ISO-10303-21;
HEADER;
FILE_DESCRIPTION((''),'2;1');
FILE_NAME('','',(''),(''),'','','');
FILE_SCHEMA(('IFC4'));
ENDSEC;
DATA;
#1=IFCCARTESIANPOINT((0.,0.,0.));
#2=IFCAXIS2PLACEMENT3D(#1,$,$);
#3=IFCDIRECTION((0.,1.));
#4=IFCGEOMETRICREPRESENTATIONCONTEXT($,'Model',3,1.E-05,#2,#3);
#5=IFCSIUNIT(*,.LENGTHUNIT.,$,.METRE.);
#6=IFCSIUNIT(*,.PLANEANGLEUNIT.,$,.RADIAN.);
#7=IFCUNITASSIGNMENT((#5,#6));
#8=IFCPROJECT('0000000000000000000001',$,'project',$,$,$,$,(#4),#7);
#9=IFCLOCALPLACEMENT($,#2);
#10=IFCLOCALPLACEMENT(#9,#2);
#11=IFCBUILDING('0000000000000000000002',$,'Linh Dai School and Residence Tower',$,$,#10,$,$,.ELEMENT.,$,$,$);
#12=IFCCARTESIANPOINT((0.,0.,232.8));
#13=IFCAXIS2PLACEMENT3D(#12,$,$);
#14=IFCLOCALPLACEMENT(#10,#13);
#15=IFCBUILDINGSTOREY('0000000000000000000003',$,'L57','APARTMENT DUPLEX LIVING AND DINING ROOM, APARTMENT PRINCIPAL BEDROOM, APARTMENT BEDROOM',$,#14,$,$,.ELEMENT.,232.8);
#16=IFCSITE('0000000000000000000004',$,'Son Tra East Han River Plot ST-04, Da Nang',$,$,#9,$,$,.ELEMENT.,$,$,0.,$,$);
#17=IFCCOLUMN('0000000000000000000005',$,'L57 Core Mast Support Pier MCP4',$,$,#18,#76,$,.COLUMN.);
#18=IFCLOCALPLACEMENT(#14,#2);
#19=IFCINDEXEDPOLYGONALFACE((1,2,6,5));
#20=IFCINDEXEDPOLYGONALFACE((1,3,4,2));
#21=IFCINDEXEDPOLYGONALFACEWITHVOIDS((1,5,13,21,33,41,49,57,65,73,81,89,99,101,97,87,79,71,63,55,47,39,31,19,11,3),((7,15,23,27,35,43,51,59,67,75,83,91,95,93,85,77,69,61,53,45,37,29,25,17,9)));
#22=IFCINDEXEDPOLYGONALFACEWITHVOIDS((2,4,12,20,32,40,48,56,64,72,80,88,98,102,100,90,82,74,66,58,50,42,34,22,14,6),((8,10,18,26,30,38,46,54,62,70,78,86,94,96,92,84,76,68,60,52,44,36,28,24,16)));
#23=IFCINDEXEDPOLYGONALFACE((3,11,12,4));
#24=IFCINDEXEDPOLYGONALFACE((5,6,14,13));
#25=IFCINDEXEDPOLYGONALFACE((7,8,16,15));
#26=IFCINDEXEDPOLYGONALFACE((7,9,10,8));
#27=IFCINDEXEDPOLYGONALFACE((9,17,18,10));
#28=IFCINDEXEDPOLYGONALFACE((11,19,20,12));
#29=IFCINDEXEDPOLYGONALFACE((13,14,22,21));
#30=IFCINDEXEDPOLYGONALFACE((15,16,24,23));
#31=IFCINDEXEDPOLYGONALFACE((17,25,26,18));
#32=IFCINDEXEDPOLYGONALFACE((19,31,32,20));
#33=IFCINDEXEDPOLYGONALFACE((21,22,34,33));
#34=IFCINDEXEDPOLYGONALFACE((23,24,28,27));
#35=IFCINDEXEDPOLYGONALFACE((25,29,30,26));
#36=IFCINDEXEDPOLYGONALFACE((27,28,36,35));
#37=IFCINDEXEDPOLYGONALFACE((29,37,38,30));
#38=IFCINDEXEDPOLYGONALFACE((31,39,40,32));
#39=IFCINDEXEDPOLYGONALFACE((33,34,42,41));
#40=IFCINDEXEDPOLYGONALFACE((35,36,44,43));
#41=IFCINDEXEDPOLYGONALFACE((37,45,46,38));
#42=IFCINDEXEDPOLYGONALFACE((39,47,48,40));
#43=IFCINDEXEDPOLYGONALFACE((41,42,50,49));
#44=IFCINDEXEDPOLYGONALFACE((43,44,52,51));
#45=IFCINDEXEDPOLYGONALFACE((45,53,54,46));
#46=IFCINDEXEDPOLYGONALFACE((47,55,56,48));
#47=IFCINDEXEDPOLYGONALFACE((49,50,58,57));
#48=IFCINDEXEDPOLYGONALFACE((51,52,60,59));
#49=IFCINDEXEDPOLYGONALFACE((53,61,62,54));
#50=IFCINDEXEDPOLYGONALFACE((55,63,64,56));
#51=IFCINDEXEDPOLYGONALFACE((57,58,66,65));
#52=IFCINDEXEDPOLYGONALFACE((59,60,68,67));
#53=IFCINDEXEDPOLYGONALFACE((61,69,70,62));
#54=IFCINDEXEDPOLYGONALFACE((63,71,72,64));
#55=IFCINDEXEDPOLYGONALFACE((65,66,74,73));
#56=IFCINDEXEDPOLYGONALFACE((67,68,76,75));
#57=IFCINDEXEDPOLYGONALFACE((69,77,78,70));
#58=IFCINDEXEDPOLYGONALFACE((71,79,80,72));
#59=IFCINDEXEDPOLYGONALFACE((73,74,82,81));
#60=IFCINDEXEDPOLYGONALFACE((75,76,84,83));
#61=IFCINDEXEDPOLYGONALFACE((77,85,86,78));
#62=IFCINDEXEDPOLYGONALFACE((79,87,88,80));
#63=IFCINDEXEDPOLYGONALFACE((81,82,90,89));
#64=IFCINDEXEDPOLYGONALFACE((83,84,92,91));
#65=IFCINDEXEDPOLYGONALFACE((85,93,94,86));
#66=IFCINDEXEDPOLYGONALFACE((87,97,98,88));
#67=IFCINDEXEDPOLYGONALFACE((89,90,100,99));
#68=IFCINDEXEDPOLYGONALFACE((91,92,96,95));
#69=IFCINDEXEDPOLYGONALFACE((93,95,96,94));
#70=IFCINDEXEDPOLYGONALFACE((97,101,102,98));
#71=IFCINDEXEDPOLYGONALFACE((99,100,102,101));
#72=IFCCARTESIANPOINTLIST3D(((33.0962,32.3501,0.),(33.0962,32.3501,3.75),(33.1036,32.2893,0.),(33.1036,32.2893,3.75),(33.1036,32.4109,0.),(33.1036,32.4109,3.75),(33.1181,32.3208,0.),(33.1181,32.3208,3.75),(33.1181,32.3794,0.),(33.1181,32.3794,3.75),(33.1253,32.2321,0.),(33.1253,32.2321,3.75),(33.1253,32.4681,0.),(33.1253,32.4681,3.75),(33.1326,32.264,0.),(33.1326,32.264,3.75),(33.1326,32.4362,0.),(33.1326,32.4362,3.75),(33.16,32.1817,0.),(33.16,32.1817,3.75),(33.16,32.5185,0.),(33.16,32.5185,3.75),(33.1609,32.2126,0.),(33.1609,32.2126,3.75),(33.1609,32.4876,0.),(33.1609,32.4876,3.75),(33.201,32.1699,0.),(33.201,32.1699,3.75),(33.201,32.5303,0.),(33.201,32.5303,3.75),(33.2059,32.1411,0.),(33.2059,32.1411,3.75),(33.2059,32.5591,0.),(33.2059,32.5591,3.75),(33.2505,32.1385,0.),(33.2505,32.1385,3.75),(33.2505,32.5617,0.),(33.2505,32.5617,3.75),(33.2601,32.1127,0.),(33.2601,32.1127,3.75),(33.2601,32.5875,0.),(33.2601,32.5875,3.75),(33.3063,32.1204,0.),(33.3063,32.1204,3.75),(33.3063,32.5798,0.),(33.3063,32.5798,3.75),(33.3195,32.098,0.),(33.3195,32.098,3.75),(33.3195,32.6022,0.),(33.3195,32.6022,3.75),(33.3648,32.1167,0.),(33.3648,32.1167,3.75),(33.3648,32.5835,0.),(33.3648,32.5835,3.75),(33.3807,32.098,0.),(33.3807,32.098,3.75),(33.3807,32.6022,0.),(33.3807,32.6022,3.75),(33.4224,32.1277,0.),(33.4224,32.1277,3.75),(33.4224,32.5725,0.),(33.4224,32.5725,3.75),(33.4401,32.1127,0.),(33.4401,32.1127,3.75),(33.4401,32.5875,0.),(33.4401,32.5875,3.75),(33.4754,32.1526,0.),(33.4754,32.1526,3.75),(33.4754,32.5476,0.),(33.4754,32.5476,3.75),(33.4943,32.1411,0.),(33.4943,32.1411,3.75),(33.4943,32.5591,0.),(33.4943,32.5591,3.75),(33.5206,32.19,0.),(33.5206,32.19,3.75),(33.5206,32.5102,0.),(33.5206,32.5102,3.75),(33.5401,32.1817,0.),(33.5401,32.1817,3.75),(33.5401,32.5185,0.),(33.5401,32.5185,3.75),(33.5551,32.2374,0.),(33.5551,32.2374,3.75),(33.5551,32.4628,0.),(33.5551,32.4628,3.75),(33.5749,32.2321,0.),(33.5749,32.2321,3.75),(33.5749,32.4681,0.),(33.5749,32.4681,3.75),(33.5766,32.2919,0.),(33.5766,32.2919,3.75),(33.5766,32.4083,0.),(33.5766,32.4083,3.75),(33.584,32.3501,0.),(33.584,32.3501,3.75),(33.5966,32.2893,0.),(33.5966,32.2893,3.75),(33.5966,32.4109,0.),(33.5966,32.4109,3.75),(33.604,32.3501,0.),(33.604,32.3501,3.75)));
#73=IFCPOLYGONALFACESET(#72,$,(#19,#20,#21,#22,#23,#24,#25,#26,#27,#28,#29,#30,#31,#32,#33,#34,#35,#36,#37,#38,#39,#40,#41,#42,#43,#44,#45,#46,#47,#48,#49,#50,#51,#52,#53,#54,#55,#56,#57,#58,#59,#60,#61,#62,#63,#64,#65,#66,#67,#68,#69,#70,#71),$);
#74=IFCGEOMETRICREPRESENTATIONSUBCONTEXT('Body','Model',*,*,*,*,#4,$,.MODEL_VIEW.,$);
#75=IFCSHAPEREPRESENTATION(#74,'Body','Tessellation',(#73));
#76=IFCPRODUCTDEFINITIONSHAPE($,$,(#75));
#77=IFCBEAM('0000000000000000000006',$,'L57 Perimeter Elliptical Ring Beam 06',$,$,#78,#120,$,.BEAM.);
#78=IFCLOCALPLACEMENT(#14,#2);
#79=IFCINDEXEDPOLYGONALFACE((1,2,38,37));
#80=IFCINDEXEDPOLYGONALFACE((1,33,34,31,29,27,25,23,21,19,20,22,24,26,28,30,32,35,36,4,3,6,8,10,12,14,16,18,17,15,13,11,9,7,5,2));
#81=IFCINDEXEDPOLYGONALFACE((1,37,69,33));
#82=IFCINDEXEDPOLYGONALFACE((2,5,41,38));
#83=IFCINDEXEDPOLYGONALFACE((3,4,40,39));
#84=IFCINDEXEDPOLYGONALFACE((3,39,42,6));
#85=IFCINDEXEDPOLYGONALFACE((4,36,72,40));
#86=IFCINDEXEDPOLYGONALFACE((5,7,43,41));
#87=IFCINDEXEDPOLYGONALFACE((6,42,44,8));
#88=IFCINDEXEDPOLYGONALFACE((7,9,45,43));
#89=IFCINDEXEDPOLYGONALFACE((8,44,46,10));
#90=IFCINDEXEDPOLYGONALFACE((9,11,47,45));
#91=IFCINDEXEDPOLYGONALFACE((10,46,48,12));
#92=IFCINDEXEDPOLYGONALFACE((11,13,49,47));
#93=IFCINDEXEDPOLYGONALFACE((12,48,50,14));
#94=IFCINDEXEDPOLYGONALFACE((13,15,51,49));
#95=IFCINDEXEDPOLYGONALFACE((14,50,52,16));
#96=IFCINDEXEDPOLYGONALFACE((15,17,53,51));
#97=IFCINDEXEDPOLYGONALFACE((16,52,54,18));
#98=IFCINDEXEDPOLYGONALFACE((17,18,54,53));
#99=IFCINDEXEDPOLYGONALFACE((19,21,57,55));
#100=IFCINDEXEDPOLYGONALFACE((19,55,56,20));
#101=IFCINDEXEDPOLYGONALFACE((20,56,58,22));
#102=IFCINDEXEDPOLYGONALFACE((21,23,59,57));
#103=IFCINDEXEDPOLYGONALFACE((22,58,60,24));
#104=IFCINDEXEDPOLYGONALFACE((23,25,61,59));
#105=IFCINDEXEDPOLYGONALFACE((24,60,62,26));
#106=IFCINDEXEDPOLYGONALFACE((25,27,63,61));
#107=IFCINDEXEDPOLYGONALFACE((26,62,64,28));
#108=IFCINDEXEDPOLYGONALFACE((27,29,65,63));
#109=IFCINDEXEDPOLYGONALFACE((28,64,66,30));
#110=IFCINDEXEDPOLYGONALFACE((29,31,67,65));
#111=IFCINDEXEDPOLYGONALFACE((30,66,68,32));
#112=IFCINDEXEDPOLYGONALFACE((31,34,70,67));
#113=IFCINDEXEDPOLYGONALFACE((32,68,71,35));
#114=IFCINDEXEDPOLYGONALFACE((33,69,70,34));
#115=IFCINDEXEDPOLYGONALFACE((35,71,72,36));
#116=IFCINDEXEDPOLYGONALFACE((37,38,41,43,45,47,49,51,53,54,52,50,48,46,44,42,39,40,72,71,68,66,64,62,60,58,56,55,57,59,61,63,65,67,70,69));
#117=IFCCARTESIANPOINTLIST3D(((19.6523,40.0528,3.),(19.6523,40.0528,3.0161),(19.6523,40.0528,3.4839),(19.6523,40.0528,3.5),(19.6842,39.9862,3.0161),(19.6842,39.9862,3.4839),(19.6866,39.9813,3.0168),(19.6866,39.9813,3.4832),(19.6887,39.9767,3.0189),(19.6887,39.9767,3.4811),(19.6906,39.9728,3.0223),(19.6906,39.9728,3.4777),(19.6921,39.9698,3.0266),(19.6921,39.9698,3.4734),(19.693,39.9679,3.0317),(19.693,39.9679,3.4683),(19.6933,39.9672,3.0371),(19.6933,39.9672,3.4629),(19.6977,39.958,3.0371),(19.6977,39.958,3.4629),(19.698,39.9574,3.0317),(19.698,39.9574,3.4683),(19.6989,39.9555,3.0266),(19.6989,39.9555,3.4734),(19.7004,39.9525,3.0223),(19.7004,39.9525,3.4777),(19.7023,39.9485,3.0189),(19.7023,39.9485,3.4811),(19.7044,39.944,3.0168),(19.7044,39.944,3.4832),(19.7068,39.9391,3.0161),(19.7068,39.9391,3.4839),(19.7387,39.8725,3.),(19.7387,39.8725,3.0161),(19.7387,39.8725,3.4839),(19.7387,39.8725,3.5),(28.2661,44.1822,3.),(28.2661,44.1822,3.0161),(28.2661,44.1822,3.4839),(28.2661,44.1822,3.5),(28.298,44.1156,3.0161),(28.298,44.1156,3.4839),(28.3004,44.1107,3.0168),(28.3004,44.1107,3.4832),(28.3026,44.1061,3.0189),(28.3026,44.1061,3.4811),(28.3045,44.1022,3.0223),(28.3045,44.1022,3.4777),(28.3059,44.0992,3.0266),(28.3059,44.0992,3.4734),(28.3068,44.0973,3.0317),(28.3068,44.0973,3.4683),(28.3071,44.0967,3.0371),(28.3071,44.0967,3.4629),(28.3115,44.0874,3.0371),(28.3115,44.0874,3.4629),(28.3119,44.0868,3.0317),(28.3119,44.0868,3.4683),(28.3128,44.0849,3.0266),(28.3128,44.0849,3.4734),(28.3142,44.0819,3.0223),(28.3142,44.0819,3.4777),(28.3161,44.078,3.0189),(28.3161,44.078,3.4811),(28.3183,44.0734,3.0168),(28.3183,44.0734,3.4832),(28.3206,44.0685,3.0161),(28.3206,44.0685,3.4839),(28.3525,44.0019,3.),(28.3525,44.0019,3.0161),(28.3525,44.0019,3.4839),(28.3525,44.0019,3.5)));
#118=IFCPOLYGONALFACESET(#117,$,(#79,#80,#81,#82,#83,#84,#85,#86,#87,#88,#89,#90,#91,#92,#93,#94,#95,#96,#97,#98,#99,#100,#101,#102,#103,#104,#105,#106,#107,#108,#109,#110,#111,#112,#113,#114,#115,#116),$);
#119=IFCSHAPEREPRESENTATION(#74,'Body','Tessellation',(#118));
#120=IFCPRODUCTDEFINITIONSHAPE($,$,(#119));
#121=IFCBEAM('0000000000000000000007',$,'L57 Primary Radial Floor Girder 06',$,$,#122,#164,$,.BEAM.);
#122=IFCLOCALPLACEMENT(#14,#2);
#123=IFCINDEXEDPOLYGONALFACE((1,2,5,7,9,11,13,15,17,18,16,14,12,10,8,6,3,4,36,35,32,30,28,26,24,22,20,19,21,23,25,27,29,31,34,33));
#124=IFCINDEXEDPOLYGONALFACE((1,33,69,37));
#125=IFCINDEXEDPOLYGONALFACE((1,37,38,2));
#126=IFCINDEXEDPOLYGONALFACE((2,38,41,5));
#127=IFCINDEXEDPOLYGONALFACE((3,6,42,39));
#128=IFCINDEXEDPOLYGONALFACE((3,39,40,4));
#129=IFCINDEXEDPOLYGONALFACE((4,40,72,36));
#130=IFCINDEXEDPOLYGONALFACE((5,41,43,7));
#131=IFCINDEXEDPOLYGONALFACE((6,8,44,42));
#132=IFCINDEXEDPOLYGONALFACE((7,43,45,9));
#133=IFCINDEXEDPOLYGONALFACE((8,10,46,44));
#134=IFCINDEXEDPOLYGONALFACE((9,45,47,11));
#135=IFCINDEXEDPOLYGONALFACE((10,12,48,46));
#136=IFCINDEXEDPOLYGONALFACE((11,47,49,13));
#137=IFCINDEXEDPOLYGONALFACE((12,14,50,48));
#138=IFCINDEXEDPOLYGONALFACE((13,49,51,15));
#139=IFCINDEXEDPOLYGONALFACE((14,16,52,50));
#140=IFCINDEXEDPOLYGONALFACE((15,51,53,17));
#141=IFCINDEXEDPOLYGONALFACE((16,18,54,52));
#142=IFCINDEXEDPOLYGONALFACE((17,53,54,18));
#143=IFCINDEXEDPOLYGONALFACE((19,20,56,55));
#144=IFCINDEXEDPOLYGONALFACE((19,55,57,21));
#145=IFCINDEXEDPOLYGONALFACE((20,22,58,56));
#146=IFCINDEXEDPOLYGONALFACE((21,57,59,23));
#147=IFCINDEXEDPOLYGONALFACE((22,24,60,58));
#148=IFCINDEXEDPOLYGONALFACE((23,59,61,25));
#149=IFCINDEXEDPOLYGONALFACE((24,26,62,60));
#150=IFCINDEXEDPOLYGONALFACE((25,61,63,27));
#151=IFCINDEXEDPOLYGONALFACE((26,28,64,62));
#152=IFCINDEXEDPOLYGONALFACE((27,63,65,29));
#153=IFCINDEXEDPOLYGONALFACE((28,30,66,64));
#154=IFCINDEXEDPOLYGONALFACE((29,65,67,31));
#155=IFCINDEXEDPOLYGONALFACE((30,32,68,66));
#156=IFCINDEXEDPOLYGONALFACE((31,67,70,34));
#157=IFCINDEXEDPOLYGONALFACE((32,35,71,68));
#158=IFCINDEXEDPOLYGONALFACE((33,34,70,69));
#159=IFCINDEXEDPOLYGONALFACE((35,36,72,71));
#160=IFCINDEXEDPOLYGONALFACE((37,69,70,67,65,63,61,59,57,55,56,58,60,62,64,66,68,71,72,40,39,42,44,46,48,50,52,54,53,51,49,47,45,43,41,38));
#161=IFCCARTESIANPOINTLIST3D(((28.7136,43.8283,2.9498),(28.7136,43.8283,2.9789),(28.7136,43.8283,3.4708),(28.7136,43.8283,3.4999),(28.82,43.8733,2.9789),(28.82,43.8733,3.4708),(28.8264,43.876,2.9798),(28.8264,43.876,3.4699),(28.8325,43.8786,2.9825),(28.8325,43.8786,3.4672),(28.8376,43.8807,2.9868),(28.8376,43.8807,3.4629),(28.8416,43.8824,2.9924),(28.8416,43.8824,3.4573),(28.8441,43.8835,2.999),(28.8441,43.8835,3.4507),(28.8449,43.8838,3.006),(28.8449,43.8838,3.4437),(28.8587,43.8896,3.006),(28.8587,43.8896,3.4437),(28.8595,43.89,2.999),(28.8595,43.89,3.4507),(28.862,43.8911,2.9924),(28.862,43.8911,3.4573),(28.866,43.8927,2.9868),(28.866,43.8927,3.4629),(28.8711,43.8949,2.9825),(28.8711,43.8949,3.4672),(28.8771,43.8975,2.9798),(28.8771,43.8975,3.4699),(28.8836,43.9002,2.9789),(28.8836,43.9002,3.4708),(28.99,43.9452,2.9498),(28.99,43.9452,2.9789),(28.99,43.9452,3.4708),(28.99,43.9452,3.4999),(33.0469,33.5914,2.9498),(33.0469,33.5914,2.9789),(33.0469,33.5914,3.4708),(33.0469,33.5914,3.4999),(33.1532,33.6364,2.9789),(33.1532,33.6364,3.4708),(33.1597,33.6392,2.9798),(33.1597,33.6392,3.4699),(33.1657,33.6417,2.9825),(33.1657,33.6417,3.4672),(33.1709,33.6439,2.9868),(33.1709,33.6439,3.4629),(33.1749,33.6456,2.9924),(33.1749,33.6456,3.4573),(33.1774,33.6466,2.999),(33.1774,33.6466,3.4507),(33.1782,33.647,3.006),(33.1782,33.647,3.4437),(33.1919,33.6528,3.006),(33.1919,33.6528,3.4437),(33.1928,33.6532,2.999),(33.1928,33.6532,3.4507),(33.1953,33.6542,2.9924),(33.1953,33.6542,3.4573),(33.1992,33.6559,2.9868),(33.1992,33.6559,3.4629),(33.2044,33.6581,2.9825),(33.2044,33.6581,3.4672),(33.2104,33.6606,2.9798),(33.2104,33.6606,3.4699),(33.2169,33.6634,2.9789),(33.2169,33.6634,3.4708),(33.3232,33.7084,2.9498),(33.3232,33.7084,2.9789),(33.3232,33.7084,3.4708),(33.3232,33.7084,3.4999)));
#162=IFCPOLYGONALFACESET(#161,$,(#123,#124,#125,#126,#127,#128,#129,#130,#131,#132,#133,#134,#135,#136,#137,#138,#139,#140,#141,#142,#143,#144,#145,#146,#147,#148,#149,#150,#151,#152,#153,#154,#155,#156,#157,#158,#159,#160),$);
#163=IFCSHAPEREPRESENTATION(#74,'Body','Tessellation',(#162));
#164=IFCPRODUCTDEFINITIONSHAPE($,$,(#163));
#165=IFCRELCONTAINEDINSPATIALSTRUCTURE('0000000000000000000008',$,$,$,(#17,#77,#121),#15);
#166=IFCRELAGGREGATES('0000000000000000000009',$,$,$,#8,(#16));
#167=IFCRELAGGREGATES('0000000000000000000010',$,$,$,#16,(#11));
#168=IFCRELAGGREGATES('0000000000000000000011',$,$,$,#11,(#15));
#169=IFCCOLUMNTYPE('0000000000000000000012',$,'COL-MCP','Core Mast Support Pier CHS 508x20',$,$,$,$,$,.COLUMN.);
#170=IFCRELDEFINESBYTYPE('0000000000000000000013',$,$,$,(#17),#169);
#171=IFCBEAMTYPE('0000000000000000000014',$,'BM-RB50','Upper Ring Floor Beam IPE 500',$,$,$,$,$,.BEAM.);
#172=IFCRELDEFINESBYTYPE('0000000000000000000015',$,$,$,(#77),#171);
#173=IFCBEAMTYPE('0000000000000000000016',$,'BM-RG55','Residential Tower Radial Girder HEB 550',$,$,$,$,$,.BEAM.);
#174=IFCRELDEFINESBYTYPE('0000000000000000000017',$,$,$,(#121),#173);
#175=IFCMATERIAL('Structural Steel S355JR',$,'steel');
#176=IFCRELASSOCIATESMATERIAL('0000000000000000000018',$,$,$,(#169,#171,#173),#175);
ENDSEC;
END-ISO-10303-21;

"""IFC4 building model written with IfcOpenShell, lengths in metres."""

from ifc_helpers import new_model, si_unit, direction, frame, origin, origin_2d, place, context, subcontext, project, spatial, hollow_circle, i_section, extrude, material, material_profile, profile_set, type_object, element, save


model = new_model("IFC4")

# Units and contexts
model_context = context("Model", 3, precision=1e-05, world=origin(), true_north=direction((0.0, 1.0)))
body_context = subcontext(model_context, "Body", "Model", "MODEL_VIEW")
ifc_project = project(units=[si_unit("LENGTHUNIT", "METRE"), si_unit("PLANEANGLEUNIT", "RADIAN")], contexts=[model_context])

# Site, building, storey
site_placement = place(None, origin())
site = spatial("IfcSite", under=ifc_project, at=site_placement, Name="Son Tra East Han River Plot ST-04, Da Nang", CompositionType="ELEMENT", RefElevation=0.0)
building_placement = place(site_placement, origin())
building = spatial("IfcBuilding", under=site, at=building_placement, Name="Linh Dai School and Residence Tower", CompositionType="ELEMENT")
storey_placement = place(building_placement, frame((0.0, 0.0, 232.8)))
storey = spatial("IfcBuildingStorey", under=building, at=storey_placement, Name="L57", Description="APARTMENT DUPLEX LIVING AND DINING ROOM, APARTMENT PRINCIPAL BEDROOM, APARTMENT BEDROOM", CompositionType="ELEMENT", Elevation=232.8)

# Column
ifc_material_1 = material(Name="Structural Steel S355JR", Category="steel")
ifc_material_profile_1 = material_profile(ifc_material_1, hollow_circle(Radius=0.2539, WallThickness=0.02, at=origin_2d()), Name="CHS 508x20")
ifc_profile_set_1 = profile_set([ifc_material_profile_1], Name="Structural Steel S355JR")
column_type_1 = type_object("IfcColumnType", Name="COL-MCP", Description="Core Mast Support Pier CHS 508x20", PredefinedType="COLUMN", material=ifc_profile_set_1)
column_1_placement = place(storey_placement, frame((33.3501, 32.3501, 0.0), z_axis=(0.0, 0.0, 1.0), x_axis=(1.0, 0.0, 0.0)))
element("IfcColumn", 1, at=column_1_placement, inside=storey, type_object=column_type_1, Name="L57 Core Mast Support Pier MCP4", PredefinedType="COLUMN", context=body_context, shape_type="SweptSolid", body=[
    extrude(hollow_circle(Radius=0.2539, WallThickness=0.02, at=origin_2d()), origin(), (0.0, 0.0, 1.0), 3.75),
])

# Beams
ifc_material_profile_2 = material_profile(ifc_material_1, i_section(OverallWidth=0.2, OverallDepth=0.5, WebThickness=0.0103, FlangeThickness=0.0161, FilletRadius=0.021, at=origin_2d()), Name="IPE 500")
ifc_profile_set_2 = profile_set([ifc_material_profile_2], Name="Structural Steel S355JR")
beam_type_1 = type_object("IfcBeamType", Name="BM-RB50", Description="Upper Ring Floor Beam IPE 500", PredefinedType="BEAM", material=ifc_profile_set_2)
beam_1_placement = place(storey_placement, frame((28.3093, 44.092, 3.25), z_axis=(-0.901736, -0.432287, 0.0), x_axis=(0.432287, -0.901736, 0.0)))
element("IfcBeam", 2, at=beam_1_placement, inside=storey, type_object=beam_type_1, Name="L57 Perimeter Elliptical Ring Beam 06", PredefinedType="BEAM", context=body_context, shape_type="SweptSolid", body=[
    extrude(i_section(OverallWidth=0.2, OverallDepth=0.5, WebThickness=0.0103, FlangeThickness=0.0161, FilletRadius=0.021, at=origin_2d()), origin(), (0.0, 0.0, 1.0), 9.5525),
])
ifc_material_profile_3 = material_profile(ifc_material_1, i_section(OverallWidth=0.3, OverallDepth=0.55, WebThickness=0.0149, FlangeThickness=0.0291, FilletRadius=0.0271, at=origin_2d()), Name="HEB 550")
ifc_profile_set_3 = profile_set([ifc_material_profile_3], Name="Structural Steel S355JR")
beam_type_2 = type_object("IfcBeamType", Name="BM-RG55", Description="Residential Tower Radial Girder HEB 550", PredefinedType="BEAM", material=ifc_profile_set_3)
beam_2_placement = place(storey_placement, frame((33.1851, 33.6499, 3.2249), z_axis=(-0.389815, 0.920893, 0.0), x_axis=(-0.920893, -0.389815, 0.0)))
element("IfcBeam", 3, at=beam_2_placement, inside=storey, type_object=beam_type_2, Name="L57 Primary Radial Floor Girder 06", PredefinedType="BEAM", context=body_context, shape_type="SweptSolid", body=[
    extrude(i_section(OverallWidth=0.3, OverallDepth=0.55, WebThickness=0.0149, FlangeThickness=0.0291, FilletRadius=0.0271, at=origin_2d()), origin(), (0.0, 0.0, 1.0), 11.1162),
])

save(model, "model.ifc")
